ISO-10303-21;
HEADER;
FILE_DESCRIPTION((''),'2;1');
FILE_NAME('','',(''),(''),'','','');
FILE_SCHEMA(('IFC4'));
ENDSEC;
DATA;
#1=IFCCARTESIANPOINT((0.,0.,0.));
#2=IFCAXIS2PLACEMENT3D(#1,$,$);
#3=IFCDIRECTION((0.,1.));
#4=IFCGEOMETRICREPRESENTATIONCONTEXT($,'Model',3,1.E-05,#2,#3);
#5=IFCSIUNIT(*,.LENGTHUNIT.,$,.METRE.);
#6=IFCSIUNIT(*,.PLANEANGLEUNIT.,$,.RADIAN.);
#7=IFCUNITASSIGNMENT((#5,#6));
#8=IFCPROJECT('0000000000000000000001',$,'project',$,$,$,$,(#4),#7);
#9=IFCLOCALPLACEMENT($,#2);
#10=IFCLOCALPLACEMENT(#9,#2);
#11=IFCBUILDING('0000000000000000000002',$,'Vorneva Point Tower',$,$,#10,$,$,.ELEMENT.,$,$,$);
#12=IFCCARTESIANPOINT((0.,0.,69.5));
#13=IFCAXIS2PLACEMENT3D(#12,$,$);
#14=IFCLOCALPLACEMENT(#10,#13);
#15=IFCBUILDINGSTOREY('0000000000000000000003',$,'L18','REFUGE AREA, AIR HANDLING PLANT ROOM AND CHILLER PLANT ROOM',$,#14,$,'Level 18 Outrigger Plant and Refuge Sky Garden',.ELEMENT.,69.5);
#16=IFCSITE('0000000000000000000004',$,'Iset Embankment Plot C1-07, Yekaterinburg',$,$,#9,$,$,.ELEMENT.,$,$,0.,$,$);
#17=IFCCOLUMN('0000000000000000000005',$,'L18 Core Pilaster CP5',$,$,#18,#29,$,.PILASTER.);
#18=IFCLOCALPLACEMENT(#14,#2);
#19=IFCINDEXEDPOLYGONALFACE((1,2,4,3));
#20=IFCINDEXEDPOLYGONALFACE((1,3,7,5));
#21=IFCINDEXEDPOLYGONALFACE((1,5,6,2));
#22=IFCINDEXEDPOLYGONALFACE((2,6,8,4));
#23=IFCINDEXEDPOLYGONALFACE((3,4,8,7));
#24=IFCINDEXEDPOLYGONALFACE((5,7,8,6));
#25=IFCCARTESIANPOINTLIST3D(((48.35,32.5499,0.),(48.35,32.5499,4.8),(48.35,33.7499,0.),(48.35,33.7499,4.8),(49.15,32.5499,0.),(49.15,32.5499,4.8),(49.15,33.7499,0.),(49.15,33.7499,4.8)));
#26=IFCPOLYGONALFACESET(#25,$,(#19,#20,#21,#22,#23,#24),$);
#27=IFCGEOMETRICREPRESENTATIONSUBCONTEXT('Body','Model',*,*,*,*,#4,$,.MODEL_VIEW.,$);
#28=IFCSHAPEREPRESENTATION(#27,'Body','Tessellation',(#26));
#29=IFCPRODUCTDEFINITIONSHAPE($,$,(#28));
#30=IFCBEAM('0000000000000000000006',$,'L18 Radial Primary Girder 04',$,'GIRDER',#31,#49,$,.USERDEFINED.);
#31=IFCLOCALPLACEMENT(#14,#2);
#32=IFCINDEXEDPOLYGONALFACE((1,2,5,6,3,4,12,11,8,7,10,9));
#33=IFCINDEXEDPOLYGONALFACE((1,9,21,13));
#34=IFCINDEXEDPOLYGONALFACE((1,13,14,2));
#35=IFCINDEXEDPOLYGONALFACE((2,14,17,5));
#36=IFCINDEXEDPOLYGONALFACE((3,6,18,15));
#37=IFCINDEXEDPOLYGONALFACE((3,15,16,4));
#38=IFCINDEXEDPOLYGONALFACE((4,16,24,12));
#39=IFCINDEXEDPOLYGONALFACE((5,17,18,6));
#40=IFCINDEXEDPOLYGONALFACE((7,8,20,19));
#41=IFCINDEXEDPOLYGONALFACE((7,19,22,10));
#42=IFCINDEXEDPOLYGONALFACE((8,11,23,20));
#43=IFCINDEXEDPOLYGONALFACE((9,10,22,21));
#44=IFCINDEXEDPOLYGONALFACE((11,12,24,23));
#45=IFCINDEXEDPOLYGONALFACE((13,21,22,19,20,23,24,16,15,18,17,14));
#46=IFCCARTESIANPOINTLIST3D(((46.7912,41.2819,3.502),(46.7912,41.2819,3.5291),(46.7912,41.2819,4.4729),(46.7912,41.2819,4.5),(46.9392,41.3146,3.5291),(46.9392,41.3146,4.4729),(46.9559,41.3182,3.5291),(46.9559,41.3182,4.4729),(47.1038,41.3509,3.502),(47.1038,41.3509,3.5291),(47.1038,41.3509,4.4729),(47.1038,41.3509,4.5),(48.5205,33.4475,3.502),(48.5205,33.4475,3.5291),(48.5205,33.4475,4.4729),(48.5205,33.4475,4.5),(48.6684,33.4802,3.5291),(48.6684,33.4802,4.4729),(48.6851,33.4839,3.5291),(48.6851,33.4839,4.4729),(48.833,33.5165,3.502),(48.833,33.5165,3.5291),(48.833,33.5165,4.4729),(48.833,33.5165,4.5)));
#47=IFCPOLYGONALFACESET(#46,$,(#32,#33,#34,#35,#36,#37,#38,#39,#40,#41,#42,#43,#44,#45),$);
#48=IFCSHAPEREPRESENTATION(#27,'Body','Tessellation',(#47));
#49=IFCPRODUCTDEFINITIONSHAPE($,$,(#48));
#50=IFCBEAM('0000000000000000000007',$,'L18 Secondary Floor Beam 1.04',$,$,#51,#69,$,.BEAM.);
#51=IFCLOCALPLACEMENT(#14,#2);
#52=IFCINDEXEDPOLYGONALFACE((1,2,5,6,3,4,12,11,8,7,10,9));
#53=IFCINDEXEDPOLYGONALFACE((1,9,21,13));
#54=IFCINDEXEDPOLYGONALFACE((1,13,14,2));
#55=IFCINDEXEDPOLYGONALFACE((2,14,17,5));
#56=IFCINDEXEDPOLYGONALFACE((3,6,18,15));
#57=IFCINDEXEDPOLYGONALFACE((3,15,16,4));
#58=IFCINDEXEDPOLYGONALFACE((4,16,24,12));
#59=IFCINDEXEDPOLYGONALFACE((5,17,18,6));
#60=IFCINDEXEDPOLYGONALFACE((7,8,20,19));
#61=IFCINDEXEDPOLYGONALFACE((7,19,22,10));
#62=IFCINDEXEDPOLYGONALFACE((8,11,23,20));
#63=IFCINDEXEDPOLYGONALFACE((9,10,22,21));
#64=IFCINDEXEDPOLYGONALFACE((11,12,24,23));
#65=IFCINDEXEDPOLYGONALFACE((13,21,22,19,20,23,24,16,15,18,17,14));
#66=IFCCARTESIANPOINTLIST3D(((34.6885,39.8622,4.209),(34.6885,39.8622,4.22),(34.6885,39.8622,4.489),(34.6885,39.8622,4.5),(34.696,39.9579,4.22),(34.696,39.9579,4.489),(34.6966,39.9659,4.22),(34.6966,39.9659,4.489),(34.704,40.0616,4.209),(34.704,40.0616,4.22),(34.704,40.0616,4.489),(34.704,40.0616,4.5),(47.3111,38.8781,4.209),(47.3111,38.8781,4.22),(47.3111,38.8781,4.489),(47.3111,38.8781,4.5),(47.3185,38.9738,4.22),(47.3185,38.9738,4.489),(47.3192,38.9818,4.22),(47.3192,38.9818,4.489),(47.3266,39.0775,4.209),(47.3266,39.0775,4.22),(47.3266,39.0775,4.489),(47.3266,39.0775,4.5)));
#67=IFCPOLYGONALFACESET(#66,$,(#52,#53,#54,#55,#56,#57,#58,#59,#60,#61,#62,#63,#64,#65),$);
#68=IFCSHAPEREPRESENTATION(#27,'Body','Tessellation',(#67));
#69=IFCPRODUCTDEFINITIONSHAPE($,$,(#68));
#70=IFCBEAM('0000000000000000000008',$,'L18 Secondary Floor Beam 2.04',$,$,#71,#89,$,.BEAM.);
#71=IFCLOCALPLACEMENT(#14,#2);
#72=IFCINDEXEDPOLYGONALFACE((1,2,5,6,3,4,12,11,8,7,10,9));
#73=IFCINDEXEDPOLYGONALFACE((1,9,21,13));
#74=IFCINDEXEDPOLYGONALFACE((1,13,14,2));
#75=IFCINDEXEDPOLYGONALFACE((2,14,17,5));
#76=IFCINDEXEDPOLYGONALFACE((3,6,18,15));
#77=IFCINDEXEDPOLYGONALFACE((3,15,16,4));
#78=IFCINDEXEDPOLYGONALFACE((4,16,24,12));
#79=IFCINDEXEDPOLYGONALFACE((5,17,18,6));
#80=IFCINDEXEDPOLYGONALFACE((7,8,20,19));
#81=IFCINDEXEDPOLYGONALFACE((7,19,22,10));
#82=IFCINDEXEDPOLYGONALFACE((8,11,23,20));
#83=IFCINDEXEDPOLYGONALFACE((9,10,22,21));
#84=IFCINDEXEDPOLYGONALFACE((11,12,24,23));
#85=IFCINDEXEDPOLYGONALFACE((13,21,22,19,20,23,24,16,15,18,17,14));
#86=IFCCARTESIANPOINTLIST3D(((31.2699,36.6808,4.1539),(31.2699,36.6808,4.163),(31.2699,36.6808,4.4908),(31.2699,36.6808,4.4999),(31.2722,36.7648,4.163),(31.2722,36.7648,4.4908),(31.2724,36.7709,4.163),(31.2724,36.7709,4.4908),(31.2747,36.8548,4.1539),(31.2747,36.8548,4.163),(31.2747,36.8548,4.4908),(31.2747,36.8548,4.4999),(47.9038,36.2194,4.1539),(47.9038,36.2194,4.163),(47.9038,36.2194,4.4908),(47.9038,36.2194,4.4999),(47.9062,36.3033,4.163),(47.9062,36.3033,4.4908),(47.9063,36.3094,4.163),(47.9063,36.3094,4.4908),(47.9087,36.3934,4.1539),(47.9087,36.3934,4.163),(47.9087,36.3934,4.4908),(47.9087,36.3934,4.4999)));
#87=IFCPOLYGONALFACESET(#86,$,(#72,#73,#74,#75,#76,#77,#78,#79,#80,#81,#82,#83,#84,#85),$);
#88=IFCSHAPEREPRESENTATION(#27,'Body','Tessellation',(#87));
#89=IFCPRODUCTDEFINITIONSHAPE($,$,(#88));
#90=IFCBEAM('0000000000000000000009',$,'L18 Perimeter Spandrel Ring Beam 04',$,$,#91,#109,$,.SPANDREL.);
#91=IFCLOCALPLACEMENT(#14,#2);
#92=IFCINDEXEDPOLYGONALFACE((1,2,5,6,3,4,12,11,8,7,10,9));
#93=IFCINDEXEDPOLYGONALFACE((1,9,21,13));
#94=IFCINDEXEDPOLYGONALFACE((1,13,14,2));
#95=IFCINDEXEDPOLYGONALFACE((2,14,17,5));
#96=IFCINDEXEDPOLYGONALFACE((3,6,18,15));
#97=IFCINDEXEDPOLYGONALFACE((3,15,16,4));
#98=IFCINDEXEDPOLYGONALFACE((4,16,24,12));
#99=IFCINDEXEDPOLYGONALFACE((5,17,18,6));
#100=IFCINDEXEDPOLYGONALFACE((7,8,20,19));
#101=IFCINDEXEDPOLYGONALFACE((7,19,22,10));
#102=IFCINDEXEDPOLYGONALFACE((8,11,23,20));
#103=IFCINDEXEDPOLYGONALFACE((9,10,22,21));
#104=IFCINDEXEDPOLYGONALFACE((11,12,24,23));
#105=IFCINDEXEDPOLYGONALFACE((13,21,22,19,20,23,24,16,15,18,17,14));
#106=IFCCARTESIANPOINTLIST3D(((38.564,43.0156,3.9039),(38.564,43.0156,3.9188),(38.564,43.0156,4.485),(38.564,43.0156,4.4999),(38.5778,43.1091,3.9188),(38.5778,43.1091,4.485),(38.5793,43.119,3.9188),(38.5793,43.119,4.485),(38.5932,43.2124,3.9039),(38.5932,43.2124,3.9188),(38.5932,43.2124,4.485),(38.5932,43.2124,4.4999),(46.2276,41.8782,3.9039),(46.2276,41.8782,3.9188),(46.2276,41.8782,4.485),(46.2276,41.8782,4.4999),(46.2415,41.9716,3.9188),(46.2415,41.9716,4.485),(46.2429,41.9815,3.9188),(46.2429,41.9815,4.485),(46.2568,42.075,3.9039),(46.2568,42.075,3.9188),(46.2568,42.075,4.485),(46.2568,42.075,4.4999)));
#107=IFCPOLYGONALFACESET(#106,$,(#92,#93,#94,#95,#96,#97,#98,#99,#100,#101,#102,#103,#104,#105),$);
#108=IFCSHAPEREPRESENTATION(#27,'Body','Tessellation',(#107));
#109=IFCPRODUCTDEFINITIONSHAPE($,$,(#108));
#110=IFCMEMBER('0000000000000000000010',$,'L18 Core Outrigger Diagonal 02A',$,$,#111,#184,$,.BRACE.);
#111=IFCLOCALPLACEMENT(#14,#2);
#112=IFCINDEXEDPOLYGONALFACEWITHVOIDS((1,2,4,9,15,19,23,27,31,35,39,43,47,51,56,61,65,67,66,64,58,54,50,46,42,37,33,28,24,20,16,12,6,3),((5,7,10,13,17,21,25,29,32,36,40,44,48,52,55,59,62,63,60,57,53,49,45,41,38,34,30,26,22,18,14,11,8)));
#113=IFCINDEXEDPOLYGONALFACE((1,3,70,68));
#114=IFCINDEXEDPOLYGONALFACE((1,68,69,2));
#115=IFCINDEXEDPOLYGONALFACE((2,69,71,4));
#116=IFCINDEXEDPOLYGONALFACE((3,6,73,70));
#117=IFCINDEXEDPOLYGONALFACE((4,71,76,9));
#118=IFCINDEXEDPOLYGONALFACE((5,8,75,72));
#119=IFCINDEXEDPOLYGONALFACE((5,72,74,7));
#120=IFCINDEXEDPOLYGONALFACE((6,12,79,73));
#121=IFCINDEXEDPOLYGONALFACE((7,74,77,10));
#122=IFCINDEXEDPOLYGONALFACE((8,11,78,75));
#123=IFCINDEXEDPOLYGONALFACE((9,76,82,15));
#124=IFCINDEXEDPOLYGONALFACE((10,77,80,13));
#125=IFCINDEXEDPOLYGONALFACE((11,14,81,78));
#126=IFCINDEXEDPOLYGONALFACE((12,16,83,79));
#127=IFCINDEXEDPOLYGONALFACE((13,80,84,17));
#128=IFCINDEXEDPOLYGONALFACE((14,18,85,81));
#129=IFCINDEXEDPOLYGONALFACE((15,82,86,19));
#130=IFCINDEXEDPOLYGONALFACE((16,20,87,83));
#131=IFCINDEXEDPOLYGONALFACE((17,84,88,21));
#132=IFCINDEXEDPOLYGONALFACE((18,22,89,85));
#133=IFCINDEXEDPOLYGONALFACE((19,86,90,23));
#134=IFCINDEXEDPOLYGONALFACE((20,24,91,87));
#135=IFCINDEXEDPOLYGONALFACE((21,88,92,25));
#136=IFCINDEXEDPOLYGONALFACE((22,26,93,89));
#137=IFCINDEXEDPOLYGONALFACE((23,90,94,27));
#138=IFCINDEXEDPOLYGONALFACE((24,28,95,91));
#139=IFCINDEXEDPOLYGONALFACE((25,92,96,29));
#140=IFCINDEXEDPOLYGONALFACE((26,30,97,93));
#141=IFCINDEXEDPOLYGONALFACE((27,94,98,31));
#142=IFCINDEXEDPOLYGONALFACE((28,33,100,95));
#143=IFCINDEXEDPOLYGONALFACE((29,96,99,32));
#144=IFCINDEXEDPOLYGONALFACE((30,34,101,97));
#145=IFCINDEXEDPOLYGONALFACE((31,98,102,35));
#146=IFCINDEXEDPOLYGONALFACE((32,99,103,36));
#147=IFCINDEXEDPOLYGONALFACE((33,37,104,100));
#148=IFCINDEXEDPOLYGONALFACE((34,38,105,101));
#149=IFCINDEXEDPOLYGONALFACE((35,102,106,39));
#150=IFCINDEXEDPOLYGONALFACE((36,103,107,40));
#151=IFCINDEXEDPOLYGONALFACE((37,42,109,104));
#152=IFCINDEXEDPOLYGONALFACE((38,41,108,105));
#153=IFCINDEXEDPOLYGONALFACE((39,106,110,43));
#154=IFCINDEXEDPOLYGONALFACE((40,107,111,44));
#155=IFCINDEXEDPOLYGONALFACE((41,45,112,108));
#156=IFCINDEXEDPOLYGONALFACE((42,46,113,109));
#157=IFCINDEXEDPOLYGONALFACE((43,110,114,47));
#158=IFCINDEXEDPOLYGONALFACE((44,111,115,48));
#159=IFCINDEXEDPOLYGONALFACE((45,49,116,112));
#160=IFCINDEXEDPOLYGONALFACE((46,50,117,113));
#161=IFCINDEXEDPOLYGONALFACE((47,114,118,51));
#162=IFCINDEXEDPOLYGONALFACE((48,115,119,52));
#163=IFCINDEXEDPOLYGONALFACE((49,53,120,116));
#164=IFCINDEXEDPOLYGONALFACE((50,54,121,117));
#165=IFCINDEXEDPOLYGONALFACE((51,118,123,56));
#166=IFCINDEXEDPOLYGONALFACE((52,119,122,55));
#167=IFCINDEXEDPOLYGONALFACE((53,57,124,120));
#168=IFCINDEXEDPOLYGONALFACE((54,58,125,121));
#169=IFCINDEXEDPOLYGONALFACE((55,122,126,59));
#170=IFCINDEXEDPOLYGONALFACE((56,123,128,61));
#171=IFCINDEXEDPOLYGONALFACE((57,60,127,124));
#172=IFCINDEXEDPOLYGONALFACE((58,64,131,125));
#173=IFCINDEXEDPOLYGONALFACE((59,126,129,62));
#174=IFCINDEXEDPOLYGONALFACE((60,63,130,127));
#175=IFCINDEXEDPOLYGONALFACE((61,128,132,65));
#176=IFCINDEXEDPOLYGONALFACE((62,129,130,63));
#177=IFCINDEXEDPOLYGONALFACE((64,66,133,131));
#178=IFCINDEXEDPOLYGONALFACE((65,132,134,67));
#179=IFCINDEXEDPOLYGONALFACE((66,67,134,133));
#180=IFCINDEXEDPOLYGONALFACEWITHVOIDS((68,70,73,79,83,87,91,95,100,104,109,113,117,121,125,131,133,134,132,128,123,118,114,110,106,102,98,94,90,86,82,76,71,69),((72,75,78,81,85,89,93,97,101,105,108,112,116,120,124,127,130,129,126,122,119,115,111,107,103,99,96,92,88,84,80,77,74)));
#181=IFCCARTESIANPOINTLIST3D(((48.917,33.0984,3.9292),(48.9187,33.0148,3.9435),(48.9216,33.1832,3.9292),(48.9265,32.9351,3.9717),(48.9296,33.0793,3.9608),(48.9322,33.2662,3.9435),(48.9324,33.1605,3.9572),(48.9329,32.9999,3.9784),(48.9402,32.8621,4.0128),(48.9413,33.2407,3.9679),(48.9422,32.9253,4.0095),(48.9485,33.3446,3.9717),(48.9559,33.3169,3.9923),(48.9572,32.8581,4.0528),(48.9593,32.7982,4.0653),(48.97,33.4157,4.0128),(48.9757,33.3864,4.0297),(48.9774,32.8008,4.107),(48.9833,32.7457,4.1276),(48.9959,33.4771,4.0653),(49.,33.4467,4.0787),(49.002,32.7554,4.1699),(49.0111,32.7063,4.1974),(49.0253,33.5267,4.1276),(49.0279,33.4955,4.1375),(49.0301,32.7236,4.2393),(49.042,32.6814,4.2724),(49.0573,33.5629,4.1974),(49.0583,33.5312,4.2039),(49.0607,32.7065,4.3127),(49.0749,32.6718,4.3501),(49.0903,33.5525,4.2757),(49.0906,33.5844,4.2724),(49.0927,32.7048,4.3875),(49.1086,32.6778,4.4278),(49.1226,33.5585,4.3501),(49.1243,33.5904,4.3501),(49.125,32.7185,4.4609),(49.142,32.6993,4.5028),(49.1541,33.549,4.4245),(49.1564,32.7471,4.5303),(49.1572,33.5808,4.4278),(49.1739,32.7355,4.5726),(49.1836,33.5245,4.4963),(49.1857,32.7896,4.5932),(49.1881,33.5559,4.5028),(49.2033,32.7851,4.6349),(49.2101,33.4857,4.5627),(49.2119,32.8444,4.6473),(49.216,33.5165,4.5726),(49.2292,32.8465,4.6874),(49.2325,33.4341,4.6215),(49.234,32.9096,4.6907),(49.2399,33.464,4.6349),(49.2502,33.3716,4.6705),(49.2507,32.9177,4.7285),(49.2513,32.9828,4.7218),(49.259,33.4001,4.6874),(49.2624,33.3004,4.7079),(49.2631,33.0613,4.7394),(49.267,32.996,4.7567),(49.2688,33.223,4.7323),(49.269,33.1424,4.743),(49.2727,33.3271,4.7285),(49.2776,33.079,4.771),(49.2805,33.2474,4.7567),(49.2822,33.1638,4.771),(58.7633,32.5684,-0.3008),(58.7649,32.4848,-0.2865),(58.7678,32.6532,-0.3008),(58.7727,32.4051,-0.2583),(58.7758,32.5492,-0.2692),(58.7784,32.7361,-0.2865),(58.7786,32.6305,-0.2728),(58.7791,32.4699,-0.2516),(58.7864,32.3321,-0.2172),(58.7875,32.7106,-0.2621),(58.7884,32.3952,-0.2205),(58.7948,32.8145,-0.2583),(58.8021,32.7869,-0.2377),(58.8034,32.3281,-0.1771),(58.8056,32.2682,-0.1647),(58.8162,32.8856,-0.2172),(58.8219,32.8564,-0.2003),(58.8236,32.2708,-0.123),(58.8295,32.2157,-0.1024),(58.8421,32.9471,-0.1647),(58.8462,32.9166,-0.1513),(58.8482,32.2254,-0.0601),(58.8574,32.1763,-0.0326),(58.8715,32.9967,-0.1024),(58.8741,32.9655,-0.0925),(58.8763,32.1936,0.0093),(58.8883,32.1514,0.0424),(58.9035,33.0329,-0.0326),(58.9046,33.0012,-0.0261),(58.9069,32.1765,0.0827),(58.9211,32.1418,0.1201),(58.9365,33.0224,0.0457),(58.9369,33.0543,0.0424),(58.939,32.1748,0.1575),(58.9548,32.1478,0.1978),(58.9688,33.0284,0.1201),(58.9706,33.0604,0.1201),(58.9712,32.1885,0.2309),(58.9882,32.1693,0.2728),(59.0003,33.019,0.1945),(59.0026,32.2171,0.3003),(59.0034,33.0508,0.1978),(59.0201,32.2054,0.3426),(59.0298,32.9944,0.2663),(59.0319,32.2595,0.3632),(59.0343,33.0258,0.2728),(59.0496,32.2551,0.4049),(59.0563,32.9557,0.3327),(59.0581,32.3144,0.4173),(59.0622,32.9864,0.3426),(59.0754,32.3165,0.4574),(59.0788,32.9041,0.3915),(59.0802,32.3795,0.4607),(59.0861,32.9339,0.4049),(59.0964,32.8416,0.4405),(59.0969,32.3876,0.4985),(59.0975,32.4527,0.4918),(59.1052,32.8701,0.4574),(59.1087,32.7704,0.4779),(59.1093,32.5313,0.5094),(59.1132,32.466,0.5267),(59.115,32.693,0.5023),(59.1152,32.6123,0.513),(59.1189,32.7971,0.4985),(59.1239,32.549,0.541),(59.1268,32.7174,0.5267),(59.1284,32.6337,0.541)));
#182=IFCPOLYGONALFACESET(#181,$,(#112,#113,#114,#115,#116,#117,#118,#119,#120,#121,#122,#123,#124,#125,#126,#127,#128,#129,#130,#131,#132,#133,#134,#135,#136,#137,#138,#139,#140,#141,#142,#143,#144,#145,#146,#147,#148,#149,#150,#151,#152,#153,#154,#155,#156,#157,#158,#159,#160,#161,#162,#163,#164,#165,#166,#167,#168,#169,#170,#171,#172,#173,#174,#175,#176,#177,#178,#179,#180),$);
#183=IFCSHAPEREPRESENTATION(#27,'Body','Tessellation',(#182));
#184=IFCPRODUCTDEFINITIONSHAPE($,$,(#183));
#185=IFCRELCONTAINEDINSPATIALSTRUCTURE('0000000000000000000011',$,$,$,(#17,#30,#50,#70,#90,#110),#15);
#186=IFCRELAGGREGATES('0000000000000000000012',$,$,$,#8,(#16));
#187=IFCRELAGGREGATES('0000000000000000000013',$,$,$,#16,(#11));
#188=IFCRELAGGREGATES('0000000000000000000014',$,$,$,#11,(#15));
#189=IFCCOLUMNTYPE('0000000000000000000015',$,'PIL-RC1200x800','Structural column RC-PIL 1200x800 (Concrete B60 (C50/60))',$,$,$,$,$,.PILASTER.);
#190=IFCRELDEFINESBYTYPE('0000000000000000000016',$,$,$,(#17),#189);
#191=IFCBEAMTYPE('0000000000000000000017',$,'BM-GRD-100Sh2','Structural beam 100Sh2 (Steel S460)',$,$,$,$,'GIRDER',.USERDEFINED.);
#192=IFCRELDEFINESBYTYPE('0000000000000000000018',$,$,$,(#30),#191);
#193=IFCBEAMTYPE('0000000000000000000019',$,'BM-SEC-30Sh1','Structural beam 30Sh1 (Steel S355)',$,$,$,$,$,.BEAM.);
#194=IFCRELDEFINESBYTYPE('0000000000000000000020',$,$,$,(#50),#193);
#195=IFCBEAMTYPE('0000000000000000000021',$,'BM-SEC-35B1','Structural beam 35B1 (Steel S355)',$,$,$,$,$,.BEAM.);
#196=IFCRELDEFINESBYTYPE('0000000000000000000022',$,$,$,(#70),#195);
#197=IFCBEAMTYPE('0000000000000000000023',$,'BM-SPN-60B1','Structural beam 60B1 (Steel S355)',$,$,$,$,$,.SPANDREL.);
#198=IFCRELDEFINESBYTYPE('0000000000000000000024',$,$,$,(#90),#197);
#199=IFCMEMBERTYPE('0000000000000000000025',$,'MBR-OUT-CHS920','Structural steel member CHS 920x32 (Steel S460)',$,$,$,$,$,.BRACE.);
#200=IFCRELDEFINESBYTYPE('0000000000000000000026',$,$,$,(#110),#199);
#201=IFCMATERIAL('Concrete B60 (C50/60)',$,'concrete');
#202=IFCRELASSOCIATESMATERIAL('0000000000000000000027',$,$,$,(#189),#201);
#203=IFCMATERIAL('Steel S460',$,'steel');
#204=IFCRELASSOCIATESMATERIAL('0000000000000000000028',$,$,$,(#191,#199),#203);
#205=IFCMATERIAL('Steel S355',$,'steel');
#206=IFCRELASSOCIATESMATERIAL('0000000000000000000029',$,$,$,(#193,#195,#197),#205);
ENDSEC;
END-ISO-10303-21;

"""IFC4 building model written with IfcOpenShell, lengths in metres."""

from ifc_helpers import new_model, si_unit, direction, frame, origin, origin_2d, place, context, subcontext, project, spatial, rectangle, hollow_circle, i_section, extrude, material, material_profile, profile_set, type_object, element, save


model = new_model("IFC4")

# Units and contexts
model_context = context("Model", 3, precision=1e-05, world=origin(), true_north=direction((0.0, 1.0)))
body_context = subcontext(model_context, "Body", "Model", "MODEL_VIEW")
ifc_project = project(units=[si_unit("LENGTHUNIT", "METRE"), si_unit("PLANEANGLEUNIT", "RADIAN")], contexts=[model_context])

# Site, building, storey
site_placement = place(None, origin())
site = spatial("IfcSite", under=ifc_project, at=site_placement, Name="Iset Embankment Plot C1-07, Yekaterinburg", CompositionType="ELEMENT", RefElevation=0.0)
building_placement = place(site_placement, origin())
building = spatial("IfcBuilding", under=site, at=building_placement, Name="Vorneva Point Tower", CompositionType="ELEMENT")
storey_placement = place(building_placement, frame((0.0, 0.0, 69.5)))
storey = spatial("IfcBuildingStorey", under=building, at=storey_placement, Name="L18", Description="REFUGE AREA, AIR HANDLING PLANT ROOM AND CHILLER PLANT ROOM", LongName="Level 18 Outrigger Plant and Refuge Sky Garden", CompositionType="ELEMENT", Elevation=69.5)

# Column
ifc_material_1 = material(Name="Concrete B60 (C50/60)", Category="concrete")
ifc_material_profile_1 = material_profile(ifc_material_1, rectangle(XDim=0.8, YDim=1.2, at=origin_2d()), Name="RC-PIL 1200x800")
ifc_profile_set_1 = profile_set([ifc_material_profile_1], Name="Concrete B60 (C50/60)")
column_type_1 = type_object("IfcColumnType", Name="PIL-RC1200x800", Description="Structural column RC-PIL 1200x800 (Concrete B60 (C50/60))", PredefinedType="PILASTER", material=ifc_profile_set_1)
column_1_placement = place(storey_placement, frame((48.75, 33.1499, 0.0), z_axis=(0.0, 0.0, 1.0), x_axis=(1.0, 0.0, 0.0)))
element("IfcColumn", 1, at=column_1_placement, inside=storey, type_object=column_type_1, Name="L18 Core Pilaster CP5", PredefinedType="PILASTER", context=body_context, shape_type="SweptSolid", body=[
    extrude(rectangle(XDim=0.8, YDim=1.2, at=origin_2d()), origin(), (0.0, 0.0, 1.0), 4.8),
])

# Beams
ifc_material_2 = material(Name="Steel S460", Category="steel")
ifc_material_profile_2 = material_profile(ifc_material_2, i_section(OverallWidth=0.3201, OverallDepth=0.998, WebThickness=0.0171, FlangeThickness=0.0271, at=origin_2d()), Name="100Sh2")
ifc_profile_set_2 = profile_set([ifc_material_profile_2], Name="Steel S460")
beam_type_1 = type_object("IfcBeamType", Name="BM-GRD-100Sh2", Description="Structural beam 100Sh2 (Steel S460)", ElementType="GIRDER", PredefinedType="USERDEFINED", material=ifc_profile_set_2)
beam_1_placement = place(storey_placement, frame((46.9475, 41.3164, 4.001), z_axis=(0.215535, -0.976496, 0.0), x_axis=(0.976496, 0.215535, 0.0)))
element("IfcBeam", 2, at=beam_1_placement, inside=storey, type_object=beam_type_1, Name="L18 Radial Primary Girder 04", ObjectType="GIRDER", PredefinedType="USERDEFINED", context=body_context, shape_type="SweptSolid", body=[
    extrude(i_section(OverallWidth=0.3201, OverallDepth=0.998, WebThickness=0.0171, FlangeThickness=0.0271, at=origin_2d()), origin(), (0.0, 0.0, 1.0), 8.0229),
])
ifc_material_3 = material(Name="Steel S355", Category="steel")
ifc_material_profile_3 = material_profile(ifc_material_3, i_section(OverallWidth=0.2, OverallDepth=0.291, WebThickness=0.0081, FlangeThickness=0.011, at=origin_2d()), Name="30Sh1")
ifc_profile_set_3 = profile_set([ifc_material_profile_3], Name="Steel S355")
beam_type_2 = type_object("IfcBeamType", Name="BM-SEC-30Sh1", Description="Structural beam 30Sh1 (Steel S355)", PredefinedType="BEAM", material=ifc_profile_set_3)
beam_2_placement = place(storey_placement, frame((47.3188, 38.9778, 4.3545), z_axis=(-0.996974, 0.07773, 0.0), x_axis=(-0.07773, -0.996974, 0.0)))
element("IfcBeam", 3, at=beam_2_placement, inside=storey, type_object=beam_type_2, Name="L18 Secondary Floor Beam 1.04", PredefinedType="BEAM", context=body_context, shape_type="SweptSolid", body=[
    extrude(i_section(OverallWidth=0.2, OverallDepth=0.291, WebThickness=0.0081, FlangeThickness=0.011, at=origin_2d()), origin(), (0.0, 0.0, 1.0), 12.6609),
])
ifc_material_profile_4 = material_profile(ifc_material_3, i_section(OverallWidth=0.1741, OverallDepth=0.3459, WebThickness=0.0061, FlangeThickness=0.009, at=origin_2d()), Name="35B1")
ifc_profile_set_4 = profile_set([ifc_material_profile_4], Name="Steel S355")
beam_type_3 = type_object("IfcBeamType", Name="BM-SEC-35B1", Description="Structural beam 35B1 (Steel S355)", PredefinedType="BEAM", material=ifc_profile_set_4)
beam_3_placement = place(storey_placement, frame((47.9062, 36.3064, 4.3269), z_axis=(-0.999615, 0.027729, 0.0), x_axis=(-0.027729, -0.999615, 0.0)))
element("IfcBeam", 4, at=beam_3_placement, inside=storey, type_object=beam_type_3, Name="L18 Secondary Floor Beam 2.04", PredefinedType="BEAM", context=body_context, shape_type="SweptSolid", body=[
    extrude(i_section(OverallWidth=0.1741, OverallDepth=0.3459, WebThickness=0.0061, FlangeThickness=0.009, at=origin_2d()), origin(), (0.0, 0.0, 1.0), 16.6404),
])
ifc_material_profile_5 = material_profile(ifc_material_3, i_section(OverallWidth=0.199, OverallDepth=0.5959, WebThickness=0.01, FlangeThickness=0.0149, at=origin_2d()), Name="60B1")
ifc_profile_set_5 = profile_set([ifc_material_profile_5], Name="Steel S355")
beam_type_4 = type_object("IfcBeamType", Name="BM-SPN-60B1", Description="Structural beam 60B1 (Steel S355)", PredefinedType="SPANDREL", material=ifc_profile_set_5)
beam_4_placement = place(storey_placement, frame((46.2422, 41.9766, 4.2019), z_axis=(-0.989164, 0.146815, 0.0), x_axis=(-0.146815, -0.989164, 0.0)))
element("IfcBeam", 5, at=beam_4_placement, inside=storey, type_object=beam_type_4, Name="L18 Perimeter Spandrel Ring Beam 04", PredefinedType="SPANDREL", context=body_context, shape_type="SweptSolid", body=[
    extrude(i_section(OverallWidth=0.199, OverallDepth=0.5959, WebThickness=0.01, FlangeThickness=0.0149, at=origin_2d()), origin(), (0.0, 0.0, 1.0), 7.7476),
])

# Member
ifc_material_profile_6 = material_profile(ifc_material_2, hollow_circle(Radius=0.46, WallThickness=0.032, at=origin_2d()), Name="CHS 920x32")
ifc_profile_set_6 = profile_set([ifc_material_profile_6], Name="Steel S460")
member_type = type_object("IfcMemberType", Name="MBR-OUT-CHS920", Description="Structural steel member CHS 920x32 (Steel S460)", PredefinedType="BRACE", material=ifc_profile_set_6)
member_placement = place(storey_placement, frame((49.0996, 33.1311, 4.3501), z_axis=(0.917679, -0.049399, -0.39424), x_axis=(0.053753, 0.998554, 0.0)))
element("IfcMember", 6, at=member_placement, inside=storey, type_object=member_type, Name="L18 Core Outrigger Diagonal 02A", PredefinedType="BRACE", context=body_context, shape_type="SweptSolid", body=[
    extrude(hollow_circle(Radius=0.46, WallThickness=0.032, at=origin_2d()), origin(), (0.0, 0.0, 1.0), 10.7295),
])

save(model, "model.ifc")
